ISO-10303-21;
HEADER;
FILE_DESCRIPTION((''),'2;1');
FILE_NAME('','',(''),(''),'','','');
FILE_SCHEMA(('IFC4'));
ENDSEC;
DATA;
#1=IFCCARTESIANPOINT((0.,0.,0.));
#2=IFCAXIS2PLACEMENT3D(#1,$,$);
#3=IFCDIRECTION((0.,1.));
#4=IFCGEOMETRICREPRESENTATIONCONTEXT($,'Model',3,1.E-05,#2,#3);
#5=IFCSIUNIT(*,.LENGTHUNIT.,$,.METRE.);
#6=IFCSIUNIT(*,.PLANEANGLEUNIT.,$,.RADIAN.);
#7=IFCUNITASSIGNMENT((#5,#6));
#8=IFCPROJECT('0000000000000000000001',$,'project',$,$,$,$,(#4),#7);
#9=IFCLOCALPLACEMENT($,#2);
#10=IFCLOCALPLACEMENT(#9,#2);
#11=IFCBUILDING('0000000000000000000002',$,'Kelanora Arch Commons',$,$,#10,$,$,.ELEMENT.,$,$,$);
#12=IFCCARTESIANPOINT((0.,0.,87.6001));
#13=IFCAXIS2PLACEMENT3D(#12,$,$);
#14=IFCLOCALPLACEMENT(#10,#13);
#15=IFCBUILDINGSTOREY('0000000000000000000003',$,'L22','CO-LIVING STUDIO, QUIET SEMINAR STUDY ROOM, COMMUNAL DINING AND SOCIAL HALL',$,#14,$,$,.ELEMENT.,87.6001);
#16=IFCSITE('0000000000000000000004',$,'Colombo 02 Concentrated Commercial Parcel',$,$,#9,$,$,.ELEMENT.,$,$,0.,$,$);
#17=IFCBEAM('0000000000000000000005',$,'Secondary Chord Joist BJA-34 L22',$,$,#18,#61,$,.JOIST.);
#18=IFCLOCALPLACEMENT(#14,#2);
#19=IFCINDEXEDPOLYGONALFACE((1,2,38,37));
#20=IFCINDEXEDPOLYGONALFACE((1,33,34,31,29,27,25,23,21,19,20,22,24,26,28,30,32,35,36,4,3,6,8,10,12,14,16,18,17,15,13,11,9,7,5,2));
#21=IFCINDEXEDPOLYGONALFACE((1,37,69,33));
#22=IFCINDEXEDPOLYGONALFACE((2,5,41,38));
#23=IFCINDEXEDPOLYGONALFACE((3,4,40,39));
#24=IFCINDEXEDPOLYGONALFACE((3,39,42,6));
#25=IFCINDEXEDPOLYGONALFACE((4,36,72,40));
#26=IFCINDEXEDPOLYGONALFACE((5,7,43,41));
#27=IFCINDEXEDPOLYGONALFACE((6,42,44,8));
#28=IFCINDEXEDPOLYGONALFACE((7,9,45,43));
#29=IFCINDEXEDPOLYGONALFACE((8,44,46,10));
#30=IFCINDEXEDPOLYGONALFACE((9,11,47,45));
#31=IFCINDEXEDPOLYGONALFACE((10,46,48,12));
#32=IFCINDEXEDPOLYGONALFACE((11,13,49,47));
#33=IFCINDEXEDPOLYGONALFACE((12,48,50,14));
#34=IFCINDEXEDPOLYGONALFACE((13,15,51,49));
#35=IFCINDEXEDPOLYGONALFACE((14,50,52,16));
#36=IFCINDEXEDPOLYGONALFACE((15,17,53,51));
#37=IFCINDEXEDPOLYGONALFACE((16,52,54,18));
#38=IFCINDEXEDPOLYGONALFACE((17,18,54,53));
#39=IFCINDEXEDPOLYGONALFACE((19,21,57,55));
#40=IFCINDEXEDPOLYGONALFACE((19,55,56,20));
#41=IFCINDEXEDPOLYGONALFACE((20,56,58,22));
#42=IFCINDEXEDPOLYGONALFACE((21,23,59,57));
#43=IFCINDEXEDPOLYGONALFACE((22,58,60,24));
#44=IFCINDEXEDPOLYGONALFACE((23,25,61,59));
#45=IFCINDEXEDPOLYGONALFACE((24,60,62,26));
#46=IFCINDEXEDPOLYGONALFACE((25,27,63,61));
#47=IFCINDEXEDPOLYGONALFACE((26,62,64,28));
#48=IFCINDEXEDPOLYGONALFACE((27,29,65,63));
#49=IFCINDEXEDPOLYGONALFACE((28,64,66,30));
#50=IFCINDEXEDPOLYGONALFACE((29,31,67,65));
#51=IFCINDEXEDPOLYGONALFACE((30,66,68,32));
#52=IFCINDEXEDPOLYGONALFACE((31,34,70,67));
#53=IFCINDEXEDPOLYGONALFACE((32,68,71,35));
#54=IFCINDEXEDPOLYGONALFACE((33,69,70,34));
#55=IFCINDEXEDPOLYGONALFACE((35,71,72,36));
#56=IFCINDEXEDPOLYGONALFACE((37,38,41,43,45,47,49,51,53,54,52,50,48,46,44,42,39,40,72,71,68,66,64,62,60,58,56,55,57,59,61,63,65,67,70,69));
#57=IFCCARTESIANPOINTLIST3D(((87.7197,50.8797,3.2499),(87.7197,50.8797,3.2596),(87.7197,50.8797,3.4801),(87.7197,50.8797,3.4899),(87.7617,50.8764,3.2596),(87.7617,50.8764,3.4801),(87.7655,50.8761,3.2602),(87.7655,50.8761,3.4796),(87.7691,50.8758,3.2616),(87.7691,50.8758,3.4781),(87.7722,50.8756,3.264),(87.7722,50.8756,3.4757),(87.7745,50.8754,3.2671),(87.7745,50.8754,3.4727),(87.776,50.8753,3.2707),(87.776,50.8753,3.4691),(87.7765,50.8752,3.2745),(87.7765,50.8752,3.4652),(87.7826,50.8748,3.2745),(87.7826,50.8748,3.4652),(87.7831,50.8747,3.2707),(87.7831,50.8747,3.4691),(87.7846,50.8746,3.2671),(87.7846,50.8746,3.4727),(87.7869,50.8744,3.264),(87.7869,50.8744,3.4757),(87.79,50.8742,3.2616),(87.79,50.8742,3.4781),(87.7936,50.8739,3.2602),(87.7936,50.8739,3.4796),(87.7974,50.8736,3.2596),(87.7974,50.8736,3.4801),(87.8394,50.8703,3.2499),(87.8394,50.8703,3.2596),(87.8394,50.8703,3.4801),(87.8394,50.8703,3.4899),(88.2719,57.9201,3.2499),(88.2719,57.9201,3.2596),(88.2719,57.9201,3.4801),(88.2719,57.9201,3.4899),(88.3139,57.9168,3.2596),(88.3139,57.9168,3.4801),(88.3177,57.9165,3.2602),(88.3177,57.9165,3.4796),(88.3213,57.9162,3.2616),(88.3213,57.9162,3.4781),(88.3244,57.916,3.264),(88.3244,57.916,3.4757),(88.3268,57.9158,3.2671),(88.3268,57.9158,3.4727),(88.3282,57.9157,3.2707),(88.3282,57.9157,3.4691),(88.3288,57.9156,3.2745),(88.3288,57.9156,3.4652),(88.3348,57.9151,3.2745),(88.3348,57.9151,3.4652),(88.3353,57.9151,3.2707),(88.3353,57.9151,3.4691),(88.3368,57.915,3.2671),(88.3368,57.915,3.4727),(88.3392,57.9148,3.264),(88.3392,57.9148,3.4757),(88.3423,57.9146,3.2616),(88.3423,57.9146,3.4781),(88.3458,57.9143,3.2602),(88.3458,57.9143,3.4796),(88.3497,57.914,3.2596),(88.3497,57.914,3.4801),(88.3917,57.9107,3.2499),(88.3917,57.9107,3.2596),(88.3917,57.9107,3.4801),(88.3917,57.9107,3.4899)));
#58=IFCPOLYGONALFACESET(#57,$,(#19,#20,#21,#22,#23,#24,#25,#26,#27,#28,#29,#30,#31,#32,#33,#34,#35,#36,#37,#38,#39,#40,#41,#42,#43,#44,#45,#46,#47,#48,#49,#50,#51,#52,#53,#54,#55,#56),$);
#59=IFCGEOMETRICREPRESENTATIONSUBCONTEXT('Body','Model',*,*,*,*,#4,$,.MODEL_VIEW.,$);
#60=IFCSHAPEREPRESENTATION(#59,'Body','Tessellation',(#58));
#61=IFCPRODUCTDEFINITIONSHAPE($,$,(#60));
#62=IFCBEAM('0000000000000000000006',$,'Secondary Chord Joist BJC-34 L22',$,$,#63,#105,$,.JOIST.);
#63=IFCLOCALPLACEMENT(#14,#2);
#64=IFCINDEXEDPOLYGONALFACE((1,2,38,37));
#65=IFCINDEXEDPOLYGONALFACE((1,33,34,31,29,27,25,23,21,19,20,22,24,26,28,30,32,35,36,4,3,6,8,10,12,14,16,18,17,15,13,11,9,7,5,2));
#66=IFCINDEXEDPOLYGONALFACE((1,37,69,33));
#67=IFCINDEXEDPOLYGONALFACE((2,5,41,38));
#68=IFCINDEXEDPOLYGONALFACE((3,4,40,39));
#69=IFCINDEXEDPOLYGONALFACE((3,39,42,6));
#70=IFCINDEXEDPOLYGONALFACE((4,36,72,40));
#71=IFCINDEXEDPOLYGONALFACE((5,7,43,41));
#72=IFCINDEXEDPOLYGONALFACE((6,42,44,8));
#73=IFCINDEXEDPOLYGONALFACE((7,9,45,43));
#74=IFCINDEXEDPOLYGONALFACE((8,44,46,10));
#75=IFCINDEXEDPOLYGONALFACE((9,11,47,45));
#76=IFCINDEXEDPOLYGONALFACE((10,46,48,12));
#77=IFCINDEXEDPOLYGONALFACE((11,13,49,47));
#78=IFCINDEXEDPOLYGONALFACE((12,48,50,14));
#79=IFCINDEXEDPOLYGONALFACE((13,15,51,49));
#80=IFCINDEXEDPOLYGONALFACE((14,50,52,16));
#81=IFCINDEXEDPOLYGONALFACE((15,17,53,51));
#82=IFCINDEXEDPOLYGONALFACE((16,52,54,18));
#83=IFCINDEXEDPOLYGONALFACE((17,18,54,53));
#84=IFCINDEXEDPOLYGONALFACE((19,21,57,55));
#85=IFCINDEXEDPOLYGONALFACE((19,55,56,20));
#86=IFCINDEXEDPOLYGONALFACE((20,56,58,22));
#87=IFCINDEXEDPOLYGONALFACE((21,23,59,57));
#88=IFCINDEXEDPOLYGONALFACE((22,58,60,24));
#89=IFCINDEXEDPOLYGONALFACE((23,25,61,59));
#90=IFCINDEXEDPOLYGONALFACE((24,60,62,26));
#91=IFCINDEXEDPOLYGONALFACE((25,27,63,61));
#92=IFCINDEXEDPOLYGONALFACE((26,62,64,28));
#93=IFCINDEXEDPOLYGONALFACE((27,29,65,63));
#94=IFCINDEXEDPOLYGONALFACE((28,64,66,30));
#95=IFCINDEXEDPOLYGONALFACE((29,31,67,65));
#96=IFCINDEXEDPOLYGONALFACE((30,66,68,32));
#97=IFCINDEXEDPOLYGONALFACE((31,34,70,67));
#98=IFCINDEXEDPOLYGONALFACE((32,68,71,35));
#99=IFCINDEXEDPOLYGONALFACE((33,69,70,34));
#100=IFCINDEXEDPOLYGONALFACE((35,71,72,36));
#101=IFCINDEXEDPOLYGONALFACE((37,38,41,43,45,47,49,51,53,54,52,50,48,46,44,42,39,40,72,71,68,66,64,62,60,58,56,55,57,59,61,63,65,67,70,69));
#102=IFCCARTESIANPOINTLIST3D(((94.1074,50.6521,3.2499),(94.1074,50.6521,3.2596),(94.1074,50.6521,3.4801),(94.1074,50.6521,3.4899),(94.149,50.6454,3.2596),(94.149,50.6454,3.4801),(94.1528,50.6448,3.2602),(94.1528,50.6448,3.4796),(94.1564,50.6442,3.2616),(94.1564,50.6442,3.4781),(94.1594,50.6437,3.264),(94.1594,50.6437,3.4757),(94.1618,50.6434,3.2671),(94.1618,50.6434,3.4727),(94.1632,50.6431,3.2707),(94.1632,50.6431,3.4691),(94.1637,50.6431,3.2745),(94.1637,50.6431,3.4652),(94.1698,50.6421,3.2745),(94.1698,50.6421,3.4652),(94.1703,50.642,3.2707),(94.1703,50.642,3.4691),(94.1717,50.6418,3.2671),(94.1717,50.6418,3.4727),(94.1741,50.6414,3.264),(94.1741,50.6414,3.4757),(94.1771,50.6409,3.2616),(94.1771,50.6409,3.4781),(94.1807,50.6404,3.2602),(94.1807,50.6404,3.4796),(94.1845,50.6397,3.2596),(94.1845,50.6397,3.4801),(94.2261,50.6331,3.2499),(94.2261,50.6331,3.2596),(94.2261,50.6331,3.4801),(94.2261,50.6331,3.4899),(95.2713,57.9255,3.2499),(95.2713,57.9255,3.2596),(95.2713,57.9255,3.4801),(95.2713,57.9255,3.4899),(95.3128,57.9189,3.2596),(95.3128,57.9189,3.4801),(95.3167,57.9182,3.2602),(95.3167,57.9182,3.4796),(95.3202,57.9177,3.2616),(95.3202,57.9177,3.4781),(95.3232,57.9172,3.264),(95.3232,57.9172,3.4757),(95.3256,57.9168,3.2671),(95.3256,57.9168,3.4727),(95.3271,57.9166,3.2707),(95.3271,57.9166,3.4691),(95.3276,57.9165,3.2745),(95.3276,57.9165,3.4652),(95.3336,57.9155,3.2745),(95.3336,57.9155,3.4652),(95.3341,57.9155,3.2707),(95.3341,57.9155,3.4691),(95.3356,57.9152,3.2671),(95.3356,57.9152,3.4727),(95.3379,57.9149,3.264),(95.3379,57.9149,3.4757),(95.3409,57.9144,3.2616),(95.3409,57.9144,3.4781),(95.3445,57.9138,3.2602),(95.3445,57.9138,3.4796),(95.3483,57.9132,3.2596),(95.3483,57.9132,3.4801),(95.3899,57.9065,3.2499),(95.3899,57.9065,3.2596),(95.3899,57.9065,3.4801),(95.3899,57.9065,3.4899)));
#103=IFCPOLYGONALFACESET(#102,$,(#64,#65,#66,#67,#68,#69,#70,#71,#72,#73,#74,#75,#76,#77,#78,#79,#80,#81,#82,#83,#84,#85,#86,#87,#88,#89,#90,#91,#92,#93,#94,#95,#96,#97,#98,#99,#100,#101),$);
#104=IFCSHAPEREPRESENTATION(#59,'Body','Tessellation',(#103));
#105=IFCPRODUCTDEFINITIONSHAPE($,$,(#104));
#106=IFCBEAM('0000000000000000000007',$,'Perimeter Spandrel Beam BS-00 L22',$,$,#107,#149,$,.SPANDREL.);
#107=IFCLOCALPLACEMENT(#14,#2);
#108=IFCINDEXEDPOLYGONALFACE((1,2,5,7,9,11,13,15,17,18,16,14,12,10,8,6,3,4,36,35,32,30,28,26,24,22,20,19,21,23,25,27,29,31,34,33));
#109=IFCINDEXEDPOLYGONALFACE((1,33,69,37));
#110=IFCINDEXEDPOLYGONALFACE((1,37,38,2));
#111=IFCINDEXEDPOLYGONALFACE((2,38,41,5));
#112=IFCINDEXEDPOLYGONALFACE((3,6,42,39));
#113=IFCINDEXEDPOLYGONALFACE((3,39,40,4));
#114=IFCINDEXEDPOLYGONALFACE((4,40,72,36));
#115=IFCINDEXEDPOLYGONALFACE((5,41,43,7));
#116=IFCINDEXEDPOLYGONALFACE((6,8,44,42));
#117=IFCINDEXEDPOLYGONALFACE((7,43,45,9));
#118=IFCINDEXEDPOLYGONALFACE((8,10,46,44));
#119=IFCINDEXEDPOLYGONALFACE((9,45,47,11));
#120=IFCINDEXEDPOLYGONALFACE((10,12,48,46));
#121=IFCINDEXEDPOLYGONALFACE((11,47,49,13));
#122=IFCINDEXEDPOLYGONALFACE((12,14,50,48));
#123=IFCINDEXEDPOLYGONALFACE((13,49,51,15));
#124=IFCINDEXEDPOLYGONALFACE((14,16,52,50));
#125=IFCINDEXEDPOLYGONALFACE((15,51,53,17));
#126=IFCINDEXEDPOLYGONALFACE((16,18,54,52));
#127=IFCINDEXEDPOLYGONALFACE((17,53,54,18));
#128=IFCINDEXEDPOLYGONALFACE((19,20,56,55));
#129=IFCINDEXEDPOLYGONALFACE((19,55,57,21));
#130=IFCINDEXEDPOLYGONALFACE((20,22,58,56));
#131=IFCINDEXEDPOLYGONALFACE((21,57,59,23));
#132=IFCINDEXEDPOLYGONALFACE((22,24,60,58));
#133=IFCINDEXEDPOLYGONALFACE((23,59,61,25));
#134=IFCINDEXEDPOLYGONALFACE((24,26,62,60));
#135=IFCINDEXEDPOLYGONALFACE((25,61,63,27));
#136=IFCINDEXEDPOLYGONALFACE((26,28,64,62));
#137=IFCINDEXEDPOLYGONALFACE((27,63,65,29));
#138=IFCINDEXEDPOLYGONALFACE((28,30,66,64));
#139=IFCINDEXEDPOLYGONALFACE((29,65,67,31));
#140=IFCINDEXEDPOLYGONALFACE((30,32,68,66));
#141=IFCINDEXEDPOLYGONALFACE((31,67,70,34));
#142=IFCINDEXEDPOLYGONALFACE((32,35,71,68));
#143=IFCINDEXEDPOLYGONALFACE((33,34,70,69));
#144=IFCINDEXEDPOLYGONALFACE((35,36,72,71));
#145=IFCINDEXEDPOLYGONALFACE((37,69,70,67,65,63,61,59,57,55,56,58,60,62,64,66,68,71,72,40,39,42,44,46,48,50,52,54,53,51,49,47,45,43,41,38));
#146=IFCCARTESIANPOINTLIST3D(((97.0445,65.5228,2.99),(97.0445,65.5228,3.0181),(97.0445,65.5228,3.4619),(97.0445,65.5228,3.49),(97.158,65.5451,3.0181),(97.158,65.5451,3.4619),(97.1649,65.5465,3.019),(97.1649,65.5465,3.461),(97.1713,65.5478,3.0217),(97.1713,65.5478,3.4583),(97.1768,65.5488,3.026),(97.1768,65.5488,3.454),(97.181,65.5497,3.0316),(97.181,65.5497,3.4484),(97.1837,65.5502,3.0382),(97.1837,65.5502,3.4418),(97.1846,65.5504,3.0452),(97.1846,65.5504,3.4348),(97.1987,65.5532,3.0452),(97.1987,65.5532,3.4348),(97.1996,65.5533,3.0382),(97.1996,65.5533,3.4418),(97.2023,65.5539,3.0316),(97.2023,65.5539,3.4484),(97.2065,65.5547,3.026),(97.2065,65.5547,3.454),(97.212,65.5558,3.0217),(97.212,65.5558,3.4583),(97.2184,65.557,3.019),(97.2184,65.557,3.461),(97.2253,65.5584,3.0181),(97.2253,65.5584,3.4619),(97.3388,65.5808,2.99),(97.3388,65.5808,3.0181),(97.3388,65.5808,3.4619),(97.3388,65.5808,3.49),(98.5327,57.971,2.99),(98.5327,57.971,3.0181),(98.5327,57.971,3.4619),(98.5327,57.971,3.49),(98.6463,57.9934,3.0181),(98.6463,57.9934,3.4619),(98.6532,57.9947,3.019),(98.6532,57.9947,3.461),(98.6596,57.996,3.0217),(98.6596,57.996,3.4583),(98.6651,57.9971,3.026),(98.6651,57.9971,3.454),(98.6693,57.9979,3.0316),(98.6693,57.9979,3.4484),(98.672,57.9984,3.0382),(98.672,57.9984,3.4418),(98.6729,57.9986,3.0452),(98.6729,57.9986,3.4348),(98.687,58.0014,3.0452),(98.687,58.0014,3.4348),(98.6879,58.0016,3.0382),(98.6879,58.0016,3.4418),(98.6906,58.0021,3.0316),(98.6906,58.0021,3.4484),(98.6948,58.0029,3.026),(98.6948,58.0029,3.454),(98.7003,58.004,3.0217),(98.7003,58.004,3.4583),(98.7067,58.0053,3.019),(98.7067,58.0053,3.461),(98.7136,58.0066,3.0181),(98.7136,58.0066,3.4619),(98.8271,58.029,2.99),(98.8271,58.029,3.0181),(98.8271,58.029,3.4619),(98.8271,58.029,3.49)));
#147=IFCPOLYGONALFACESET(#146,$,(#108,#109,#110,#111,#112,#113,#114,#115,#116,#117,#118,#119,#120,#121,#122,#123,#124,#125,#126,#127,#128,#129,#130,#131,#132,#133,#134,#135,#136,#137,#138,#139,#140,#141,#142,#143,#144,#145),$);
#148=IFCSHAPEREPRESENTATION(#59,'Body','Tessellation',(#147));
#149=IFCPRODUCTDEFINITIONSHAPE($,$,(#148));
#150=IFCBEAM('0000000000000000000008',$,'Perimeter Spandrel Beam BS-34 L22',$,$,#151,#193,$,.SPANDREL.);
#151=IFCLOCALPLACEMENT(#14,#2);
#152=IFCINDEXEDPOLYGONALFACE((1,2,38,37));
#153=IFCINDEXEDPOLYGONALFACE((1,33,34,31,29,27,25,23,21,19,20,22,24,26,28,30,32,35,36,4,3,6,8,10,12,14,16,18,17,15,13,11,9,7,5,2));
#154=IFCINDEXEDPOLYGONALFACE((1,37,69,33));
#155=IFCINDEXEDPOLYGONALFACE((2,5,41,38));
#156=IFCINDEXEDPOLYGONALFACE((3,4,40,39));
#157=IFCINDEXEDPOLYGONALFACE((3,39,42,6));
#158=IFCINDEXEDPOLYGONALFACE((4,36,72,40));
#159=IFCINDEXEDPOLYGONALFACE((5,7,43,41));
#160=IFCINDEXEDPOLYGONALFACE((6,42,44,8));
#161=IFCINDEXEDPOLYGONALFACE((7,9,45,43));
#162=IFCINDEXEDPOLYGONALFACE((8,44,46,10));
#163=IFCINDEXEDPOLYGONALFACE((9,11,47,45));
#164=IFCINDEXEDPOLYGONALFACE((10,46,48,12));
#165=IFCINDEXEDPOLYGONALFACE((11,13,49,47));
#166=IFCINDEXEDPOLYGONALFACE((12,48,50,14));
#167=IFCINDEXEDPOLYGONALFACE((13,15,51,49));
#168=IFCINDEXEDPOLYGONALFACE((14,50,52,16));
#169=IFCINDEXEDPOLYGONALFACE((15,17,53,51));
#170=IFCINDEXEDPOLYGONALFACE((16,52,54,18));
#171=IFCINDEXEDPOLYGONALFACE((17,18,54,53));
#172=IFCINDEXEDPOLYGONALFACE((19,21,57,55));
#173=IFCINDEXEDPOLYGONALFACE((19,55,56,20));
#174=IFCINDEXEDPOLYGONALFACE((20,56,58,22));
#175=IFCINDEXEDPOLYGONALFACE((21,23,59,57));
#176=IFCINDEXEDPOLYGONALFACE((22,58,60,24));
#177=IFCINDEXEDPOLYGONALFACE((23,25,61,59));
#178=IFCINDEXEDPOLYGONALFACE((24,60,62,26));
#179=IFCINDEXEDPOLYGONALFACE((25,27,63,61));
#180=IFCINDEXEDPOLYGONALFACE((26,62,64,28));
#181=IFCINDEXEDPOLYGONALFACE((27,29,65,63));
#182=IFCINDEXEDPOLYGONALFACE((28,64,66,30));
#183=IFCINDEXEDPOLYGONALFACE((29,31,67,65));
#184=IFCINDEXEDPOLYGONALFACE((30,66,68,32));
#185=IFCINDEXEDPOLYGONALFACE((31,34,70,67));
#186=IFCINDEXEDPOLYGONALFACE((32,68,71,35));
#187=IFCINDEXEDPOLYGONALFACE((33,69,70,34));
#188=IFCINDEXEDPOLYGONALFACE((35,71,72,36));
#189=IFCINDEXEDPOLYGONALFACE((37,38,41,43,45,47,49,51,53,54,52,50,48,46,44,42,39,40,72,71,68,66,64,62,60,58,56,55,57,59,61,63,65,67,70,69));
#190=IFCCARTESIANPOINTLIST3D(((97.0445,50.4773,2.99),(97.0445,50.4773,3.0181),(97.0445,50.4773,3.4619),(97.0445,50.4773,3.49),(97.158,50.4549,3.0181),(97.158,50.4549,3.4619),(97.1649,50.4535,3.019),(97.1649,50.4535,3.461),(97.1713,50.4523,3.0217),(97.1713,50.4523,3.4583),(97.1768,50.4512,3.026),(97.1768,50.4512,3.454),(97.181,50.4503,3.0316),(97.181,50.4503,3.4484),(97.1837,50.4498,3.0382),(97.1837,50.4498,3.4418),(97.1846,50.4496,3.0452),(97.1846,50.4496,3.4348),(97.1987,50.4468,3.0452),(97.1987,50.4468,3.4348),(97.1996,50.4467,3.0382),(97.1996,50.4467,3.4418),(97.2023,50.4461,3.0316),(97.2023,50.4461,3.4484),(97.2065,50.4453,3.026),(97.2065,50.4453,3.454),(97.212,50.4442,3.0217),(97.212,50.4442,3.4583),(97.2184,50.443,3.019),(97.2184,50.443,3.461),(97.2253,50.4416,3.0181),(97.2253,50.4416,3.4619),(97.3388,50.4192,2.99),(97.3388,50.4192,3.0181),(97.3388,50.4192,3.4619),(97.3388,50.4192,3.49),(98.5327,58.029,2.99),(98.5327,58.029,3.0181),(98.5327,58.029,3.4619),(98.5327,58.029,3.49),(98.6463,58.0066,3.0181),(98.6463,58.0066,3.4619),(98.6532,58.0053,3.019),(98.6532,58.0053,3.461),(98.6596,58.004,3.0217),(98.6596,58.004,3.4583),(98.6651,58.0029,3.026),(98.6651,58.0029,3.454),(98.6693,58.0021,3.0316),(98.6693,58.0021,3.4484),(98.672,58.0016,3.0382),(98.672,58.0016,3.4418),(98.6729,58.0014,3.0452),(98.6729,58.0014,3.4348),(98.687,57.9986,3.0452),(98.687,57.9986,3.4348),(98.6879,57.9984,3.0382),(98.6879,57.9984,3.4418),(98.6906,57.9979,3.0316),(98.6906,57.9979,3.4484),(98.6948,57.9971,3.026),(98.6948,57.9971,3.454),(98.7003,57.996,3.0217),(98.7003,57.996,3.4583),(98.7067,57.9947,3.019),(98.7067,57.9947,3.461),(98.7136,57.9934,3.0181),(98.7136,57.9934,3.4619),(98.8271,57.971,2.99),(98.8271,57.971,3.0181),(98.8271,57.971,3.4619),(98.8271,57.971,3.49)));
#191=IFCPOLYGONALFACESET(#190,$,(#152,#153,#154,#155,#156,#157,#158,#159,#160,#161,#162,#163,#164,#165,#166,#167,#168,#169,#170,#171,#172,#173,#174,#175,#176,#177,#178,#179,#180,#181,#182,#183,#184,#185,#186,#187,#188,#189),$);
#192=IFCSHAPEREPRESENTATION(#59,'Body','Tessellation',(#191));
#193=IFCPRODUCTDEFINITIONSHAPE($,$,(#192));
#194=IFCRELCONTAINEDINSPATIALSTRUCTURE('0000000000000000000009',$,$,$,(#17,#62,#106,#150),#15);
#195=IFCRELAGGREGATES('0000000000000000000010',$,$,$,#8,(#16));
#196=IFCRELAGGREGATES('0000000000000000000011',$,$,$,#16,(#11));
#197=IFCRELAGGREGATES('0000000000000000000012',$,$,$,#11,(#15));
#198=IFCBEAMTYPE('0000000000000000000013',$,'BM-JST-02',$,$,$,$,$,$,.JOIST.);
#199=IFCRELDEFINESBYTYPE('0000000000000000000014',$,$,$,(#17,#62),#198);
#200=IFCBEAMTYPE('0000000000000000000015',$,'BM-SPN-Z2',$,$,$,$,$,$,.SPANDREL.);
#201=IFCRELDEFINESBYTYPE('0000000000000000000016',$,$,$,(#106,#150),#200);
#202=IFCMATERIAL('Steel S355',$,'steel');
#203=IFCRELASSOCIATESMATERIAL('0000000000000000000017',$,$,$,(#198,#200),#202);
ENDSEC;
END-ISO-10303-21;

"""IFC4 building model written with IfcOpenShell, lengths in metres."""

from ifc_helpers import new_model, si_unit, direction, frame, origin, origin_2d, place, context, subcontext, project, spatial, i_section, extrude, material, material_profile, profile_set, type_object, element, save


model = new_model("IFC4")

# Units and contexts
model_context = context("Model", 3, precision=1e-05, world=origin(), true_north=direction((0.0, 1.0)))
body_context = subcontext(model_context, "Body", "Model", "MODEL_VIEW")
ifc_project = project(units=[si_unit("LENGTHUNIT", "METRE"), si_unit("PLANEANGLEUNIT", "RADIAN")], contexts=[model_context])

# Site, building, storey
site_placement = place(None, origin())
site = spatial("IfcSite", under=ifc_project, at=site_placement, Name="Colombo 02 Concentrated Commercial Parcel", CompositionType="ELEMENT", RefElevation=0.0)
building_placement = place(site_placement, origin())
building = spatial("IfcBuilding", under=site, at=building_placement, Name="Kelanora Arch Commons", CompositionType="ELEMENT")
storey_placement = place(building_placement, frame((0.0, 0.0, 87.6001)))
storey = spatial("IfcBuildingStorey", under=building, at=storey_placement, Name="L22", Description="CO-LIVING STUDIO, QUIET SEMINAR STUDY ROOM, COMMUNAL DINING AND SOCIAL HALL", CompositionType="ELEMENT", Elevation=87.6001)

# Beams
ifc_material_1 = material(Name="Steel S355", Category="steel")
ifc_material_profile_1 = material_profile(ifc_material_1, i_section(OverallWidth=0.1201, OverallDepth=0.24, WebThickness=0.0061, FlangeThickness=0.0098, FilletRadius=0.0149, at=origin_2d()), Name="IPE240")
ifc_profile_set_1 = profile_set([ifc_material_profile_1], Name="Steel S355")
beam_type_1 = type_object("IfcBeamType", Name="BM-JST-02", PredefinedType="JOIST", material=ifc_profile_set_1)
beam_1_placement = place(storey_placement, frame((87.7795, 50.875, 3.3699), z_axis=(0.078201, 0.996938, 0.0), x_axis=(-0.996938, 0.078201, 0.0)))
element("IfcBeam", 1, at=beam_1_placement, inside=storey, type_object=beam_type_1, Name="Secondary Chord Joist BJA-34 L22", PredefinedType="JOIST", context=body_context, shape_type="SweptSolid", body=[
    extrude(i_section(OverallWidth=0.1201, OverallDepth=0.24, WebThickness=0.0061, FlangeThickness=0.0098, FilletRadius=0.0149, at=origin_2d()), origin(), (0.0, 0.0, 1.0), 7.062),
])
beam_2_placement = place(storey_placement, frame((94.1667, 50.6426, 3.3699), z_axis=(0.158, 0.987439, 0.0), x_axis=(-0.987439, 0.158, 0.0)))
element("IfcBeam", 2, at=beam_2_placement, inside=storey, type_object=beam_type_1, Name="Secondary Chord Joist BJC-34 L22", PredefinedType="JOIST", context=body_context, shape_type="SweptSolid", body=[
    extrude(i_section(OverallWidth=0.1201, OverallDepth=0.24, WebThickness=0.0061, FlangeThickness=0.0098, FilletRadius=0.0149, at=origin_2d()), origin(), (0.0, 0.0, 1.0), 7.366),
])
ifc_material_profile_2 = material_profile(ifc_material_1, i_section(OverallWidth=0.3, OverallDepth=0.5, WebThickness=0.0144, FlangeThickness=0.0281, FilletRadius=0.0271, at=origin_2d()), Name="HEB500")
ifc_profile_set_2 = profile_set([ifc_material_profile_2], Name="Steel S355")
beam_type_2 = type_object("IfcBeamType", Name="BM-SPN-Z2", PredefinedType="SPANDREL", material=ifc_profile_set_2)
for number, where, z_axis, x_axis, name in (
    (3, (98.6799, 58.0, 3.24), (-0.193358, 0.981128, 0.0), (-0.981128, -0.193358, 0.0), "Perimeter Spandrel Beam BS-00 L22"),
    (4, (97.1917, 50.4482, 3.24), (0.193358, 0.981128, 0.0), (-0.981128, 0.193358, 0.0), "Perimeter Spandrel Beam BS-34 L22"),
):
    element("IfcBeam", number, at=place(storey_placement, frame(where, z_axis=z_axis, x_axis=x_axis)), inside=storey, type_object=beam_type_2, Name=name, PredefinedType="SPANDREL", context=body_context, shape_type="SweptSolid", body=[
        extrude(i_section(OverallWidth=0.3, OverallDepth=0.5, WebThickness=0.0144, FlangeThickness=0.0281, FilletRadius=0.0271, at=origin_2d()), origin(), (0.0, 0.0, 1.0), 7.697),
    ])

save(model, "model.ifc")
